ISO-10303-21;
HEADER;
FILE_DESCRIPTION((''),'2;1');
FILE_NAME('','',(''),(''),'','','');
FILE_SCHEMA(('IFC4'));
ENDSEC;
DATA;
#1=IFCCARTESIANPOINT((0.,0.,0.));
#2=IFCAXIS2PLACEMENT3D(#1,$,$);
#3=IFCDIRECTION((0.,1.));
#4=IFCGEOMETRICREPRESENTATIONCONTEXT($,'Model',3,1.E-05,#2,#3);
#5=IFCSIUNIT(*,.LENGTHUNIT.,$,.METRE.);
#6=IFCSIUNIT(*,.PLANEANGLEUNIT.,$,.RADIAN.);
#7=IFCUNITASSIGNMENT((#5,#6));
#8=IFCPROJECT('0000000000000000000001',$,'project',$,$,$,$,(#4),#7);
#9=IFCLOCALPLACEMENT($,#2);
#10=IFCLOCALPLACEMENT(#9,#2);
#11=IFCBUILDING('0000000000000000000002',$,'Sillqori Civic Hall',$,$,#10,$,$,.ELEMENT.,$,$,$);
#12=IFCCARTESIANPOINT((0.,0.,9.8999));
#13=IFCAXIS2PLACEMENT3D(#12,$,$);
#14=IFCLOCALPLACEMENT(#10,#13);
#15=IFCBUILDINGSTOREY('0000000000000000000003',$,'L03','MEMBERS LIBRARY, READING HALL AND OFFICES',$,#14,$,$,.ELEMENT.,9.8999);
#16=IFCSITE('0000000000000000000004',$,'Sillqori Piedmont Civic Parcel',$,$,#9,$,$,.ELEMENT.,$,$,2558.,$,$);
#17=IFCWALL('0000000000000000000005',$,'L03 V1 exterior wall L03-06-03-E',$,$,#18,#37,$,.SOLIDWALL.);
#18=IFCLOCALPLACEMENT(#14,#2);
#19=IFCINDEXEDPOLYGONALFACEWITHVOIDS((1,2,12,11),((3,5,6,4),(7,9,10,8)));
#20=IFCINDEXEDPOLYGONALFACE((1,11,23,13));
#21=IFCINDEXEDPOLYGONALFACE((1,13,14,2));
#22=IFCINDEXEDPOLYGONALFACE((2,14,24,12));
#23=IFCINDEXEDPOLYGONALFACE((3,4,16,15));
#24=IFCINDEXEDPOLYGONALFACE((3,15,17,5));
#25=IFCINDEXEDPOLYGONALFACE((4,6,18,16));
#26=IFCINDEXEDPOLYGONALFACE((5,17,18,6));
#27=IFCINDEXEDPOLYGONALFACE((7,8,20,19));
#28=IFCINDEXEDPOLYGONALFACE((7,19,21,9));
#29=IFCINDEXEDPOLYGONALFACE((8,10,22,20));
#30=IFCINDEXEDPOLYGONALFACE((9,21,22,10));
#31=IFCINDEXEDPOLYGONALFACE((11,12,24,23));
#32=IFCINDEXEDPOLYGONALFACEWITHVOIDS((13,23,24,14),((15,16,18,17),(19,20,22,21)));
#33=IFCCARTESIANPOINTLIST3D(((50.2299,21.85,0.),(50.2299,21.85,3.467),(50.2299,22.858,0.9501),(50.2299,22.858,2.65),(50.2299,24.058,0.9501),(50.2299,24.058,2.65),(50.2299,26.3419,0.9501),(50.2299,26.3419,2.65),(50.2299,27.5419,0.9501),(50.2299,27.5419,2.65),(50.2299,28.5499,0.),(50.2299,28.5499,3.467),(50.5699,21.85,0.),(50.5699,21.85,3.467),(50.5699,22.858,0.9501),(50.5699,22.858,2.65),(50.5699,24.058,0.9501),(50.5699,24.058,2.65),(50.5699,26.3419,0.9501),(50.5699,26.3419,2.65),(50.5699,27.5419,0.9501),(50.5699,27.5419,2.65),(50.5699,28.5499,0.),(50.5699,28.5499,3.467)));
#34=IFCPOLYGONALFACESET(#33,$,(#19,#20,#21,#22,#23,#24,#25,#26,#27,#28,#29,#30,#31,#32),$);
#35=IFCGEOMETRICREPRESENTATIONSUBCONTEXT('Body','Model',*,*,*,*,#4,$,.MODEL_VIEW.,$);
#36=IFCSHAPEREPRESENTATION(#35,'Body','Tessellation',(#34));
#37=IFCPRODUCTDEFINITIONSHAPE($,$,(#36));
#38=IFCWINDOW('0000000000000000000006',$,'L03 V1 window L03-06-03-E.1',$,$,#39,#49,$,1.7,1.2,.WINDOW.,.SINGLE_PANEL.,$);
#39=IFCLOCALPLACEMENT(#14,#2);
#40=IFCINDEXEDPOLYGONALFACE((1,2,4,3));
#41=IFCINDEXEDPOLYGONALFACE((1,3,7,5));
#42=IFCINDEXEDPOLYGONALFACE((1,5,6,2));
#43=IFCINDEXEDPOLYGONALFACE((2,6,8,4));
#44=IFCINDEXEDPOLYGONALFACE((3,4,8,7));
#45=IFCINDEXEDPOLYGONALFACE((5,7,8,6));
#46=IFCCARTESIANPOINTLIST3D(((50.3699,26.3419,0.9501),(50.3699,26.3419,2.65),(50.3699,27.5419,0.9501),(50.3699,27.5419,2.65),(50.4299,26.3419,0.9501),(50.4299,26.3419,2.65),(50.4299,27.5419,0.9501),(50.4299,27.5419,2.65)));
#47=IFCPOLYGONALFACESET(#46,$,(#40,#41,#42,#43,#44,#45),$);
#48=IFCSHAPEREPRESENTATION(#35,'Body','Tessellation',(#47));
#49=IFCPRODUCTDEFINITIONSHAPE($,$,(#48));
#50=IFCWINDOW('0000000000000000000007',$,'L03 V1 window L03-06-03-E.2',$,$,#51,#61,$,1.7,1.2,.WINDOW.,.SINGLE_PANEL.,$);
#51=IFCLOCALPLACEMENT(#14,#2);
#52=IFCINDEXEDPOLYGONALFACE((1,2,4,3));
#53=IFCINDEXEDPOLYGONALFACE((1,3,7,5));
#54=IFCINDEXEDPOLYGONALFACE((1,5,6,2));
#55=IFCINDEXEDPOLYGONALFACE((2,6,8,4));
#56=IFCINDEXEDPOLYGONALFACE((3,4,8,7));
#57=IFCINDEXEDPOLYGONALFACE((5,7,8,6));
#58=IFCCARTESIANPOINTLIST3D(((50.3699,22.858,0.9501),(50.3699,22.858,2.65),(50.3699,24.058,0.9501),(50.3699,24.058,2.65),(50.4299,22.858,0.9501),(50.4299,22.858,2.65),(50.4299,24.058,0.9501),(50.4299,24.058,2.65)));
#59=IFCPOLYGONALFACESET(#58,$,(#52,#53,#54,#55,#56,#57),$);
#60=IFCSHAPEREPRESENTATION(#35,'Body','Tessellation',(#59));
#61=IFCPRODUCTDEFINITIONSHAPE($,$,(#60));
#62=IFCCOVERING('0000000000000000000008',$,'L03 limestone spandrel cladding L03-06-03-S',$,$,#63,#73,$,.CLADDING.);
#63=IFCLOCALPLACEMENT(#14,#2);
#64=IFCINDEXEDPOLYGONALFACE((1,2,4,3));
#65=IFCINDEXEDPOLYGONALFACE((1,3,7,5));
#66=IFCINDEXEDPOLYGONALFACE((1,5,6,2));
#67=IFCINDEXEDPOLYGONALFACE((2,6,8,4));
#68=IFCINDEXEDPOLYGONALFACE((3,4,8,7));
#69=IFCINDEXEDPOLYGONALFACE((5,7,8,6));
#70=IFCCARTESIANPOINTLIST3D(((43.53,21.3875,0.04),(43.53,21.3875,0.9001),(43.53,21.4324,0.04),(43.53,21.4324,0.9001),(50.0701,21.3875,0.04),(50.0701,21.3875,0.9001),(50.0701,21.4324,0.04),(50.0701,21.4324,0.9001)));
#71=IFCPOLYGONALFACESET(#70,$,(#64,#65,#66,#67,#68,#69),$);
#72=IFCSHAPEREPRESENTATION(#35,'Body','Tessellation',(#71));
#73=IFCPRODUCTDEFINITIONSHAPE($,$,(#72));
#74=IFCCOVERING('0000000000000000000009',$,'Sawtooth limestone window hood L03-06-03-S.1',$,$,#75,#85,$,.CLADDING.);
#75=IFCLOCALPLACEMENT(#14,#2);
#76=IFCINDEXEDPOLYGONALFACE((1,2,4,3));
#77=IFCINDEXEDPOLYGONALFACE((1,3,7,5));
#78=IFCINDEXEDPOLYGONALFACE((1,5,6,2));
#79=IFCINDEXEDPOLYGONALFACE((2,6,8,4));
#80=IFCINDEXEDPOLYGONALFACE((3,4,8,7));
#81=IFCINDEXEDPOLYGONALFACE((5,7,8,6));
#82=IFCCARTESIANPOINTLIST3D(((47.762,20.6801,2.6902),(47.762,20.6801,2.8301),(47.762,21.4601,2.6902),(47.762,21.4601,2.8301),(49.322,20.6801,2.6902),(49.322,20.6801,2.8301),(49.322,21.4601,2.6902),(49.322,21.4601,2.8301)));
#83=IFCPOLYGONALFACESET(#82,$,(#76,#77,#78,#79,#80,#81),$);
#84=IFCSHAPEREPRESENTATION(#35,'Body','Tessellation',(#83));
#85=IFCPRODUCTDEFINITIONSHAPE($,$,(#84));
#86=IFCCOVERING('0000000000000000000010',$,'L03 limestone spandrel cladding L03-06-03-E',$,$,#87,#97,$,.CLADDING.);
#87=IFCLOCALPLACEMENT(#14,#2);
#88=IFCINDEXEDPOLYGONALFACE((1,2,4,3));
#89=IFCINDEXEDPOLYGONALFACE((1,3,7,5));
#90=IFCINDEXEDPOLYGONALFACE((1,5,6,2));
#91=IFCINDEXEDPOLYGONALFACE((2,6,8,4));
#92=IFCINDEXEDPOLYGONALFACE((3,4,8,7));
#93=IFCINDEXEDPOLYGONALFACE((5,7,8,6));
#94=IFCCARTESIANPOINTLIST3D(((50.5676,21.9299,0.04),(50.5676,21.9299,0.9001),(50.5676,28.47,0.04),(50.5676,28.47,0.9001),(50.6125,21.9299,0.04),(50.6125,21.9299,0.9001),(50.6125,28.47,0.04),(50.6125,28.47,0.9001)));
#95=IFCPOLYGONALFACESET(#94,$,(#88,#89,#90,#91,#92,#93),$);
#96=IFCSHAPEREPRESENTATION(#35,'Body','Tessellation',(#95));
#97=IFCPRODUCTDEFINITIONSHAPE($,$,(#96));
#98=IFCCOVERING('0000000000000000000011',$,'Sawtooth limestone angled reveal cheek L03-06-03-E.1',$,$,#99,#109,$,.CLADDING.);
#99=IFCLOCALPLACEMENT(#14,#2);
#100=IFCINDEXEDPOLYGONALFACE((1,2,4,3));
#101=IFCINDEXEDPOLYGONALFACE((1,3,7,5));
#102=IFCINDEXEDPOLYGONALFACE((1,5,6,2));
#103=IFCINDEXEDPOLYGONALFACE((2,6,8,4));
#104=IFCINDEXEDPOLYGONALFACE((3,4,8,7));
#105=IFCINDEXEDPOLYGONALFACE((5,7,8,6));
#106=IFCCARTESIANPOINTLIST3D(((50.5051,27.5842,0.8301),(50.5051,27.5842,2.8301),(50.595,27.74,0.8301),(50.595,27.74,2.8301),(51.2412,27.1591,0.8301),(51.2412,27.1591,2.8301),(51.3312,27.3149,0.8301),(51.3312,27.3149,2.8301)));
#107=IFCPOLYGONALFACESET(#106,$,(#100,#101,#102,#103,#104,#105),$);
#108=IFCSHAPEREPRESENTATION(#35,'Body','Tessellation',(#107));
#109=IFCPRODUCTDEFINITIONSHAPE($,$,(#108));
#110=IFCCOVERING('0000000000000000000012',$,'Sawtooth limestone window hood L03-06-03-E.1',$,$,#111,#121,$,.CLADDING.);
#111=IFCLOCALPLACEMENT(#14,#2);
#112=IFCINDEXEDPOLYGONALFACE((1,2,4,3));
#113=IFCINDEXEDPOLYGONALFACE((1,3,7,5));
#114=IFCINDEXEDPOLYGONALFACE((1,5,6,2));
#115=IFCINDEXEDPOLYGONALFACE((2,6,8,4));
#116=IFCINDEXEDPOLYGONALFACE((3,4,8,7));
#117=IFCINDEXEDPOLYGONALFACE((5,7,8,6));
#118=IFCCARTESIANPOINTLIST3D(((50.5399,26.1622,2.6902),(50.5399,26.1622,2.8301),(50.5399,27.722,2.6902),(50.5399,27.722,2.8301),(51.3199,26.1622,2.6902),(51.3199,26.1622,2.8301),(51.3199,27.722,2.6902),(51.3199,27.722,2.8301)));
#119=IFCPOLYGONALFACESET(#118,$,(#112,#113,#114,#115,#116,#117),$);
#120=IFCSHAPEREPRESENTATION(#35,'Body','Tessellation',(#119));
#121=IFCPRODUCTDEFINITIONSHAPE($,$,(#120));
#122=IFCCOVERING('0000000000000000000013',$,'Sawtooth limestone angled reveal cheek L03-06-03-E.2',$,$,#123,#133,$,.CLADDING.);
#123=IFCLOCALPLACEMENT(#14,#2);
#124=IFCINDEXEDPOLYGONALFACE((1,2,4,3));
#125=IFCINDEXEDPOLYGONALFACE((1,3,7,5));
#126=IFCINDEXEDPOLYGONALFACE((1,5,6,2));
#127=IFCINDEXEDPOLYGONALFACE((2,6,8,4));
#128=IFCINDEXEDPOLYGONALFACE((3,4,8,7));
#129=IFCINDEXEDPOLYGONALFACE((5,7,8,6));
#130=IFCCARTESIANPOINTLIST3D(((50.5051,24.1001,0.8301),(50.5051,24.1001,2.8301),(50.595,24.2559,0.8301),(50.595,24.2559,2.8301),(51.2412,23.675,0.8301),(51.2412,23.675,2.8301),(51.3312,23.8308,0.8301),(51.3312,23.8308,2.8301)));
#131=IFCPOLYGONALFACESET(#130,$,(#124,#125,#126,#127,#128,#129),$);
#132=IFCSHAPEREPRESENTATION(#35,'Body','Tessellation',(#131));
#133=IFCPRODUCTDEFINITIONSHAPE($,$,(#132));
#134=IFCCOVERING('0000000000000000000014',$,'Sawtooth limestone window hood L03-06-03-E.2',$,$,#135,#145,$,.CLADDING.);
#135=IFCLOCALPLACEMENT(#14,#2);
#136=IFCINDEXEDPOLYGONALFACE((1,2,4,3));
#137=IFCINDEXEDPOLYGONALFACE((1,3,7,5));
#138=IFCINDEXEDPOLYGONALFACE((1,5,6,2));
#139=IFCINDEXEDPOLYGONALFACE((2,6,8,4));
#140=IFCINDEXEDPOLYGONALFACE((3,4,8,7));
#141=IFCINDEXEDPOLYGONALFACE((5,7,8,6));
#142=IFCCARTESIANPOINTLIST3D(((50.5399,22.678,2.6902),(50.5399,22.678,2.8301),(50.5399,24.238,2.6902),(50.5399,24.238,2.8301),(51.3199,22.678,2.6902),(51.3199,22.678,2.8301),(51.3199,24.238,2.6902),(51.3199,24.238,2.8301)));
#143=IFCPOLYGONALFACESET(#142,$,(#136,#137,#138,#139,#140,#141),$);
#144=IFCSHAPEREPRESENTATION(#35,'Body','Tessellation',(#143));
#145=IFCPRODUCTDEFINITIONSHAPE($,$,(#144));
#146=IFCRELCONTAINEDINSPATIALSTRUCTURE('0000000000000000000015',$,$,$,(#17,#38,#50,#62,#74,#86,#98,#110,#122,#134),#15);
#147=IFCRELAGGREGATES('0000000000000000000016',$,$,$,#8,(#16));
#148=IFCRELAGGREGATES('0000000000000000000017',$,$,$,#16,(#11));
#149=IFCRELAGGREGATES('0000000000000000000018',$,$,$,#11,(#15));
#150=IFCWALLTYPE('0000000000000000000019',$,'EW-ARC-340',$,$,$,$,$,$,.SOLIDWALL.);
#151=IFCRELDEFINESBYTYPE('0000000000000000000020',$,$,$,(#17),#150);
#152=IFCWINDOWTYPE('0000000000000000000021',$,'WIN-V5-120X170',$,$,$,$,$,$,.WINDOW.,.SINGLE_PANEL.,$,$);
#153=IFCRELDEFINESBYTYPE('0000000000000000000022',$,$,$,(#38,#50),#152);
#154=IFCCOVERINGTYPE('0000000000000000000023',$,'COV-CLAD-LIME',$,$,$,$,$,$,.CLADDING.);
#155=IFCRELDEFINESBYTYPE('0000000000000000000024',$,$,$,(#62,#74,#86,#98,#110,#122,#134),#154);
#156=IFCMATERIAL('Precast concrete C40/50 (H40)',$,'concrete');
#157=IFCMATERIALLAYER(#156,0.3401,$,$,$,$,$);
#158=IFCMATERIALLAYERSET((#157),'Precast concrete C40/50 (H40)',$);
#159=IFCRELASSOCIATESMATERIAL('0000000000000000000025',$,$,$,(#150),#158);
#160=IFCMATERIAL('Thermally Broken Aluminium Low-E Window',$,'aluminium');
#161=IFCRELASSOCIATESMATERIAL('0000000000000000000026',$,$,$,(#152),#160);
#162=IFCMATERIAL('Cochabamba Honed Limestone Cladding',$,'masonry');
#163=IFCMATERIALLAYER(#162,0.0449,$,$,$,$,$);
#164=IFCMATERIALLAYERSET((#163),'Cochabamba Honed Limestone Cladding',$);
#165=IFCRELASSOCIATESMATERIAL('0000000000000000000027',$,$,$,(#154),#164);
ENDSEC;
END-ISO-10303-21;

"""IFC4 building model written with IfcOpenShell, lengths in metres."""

from ifc_helpers import new_model, si_unit, direction, frame, frame_2d, origin, place, context, subcontext, project, spatial, rectangle, extrude, material, layer, layer_set, type_object, element, fill, save


model = new_model("IFC4")

# Units and contexts
model_context = context("Model", 3, precision=1e-05, world=origin(), true_north=direction((0.0, 1.0)))
body_context = subcontext(model_context, "Body", "Model", "MODEL_VIEW")
ifc_project = project(units=[si_unit("LENGTHUNIT", "METRE"), si_unit("PLANEANGLEUNIT", "RADIAN")], contexts=[model_context])

# Site, building, storey
site_placement = place(None, origin())
site = spatial("IfcSite", under=ifc_project, at=site_placement, Name="Sillqori Piedmont Civic Parcel", CompositionType="ELEMENT", RefElevation=2558.0)
building_placement = place(site_placement, origin())
building = spatial("IfcBuilding", under=site, at=building_placement, Name="Sillqori Civic Hall", CompositionType="ELEMENT")
storey_placement = place(building_placement, frame((0.0, 0.0, 9.8999)))
storey = spatial("IfcBuildingStorey", under=building, at=storey_placement, Name="L03", Description="MEMBERS LIBRARY, READING HALL AND OFFICES", CompositionType="ELEMENT", Elevation=9.8999)

# Shared definitions
ifc_material_1 = material(Name="Precast concrete C40/50 (H40)", Category="concrete")

# Wall, openings, windows
ifc_layer_1 = layer(ifc_material_1, 0.3401)
ifc_layer_set_1 = layer_set([ifc_layer_1], Name="Precast concrete C40/50 (H40)")
wall_type = type_object("IfcWallType", Name="EW-ARC-340", PredefinedType="SOLIDWALL", material=ifc_layer_set_1)
ifc_material_2 = material(Name="Thermally Broken Aluminium Low-E Window", Category="aluminium")
window_type = type_object("IfcWindowType", Name="WIN-V5-120X170", PartitioningType="SINGLE_PANEL", PredefinedType="WINDOW", material=ifc_material_2)
wall_1_placement = place(storey_placement, frame((50.3999, 28.55, 0.0), z_axis=(0.0, 0.0, 1.0), x_axis=(0.0, -1.0, 0.0)))
wall_1 = element("IfcWall", 1, at=wall_1_placement, inside=storey, type_object=wall_type, Name="L03 V1 exterior wall L03-06-03-E", PredefinedType="SOLIDWALL", context=body_context, shape_type="SweptSolid", body=[
    extrude(rectangle(XDim=6.7, YDim=0.3401, at=frame_2d((3.3501, 0.0))), origin(), (0.0, 0.0, 1.0), 3.467),
])
opening_1_placement = place(wall_1_placement, frame((1.0081, 0.0, 0.95)))
opening_1 = element("IfcOpeningElement", 2, at=opening_1_placement, cuts=wall_1, PredefinedType="OPENING", context=body_context, shape_type="SweptSolid", body=[
    extrude(rectangle(XDim=1.2, YDim=1.7, at=frame_2d((0.6001, 0.8501))), frame((0.0, 0.1799, 0.0), z_axis=(0.0, -1.0, 0.0), x_axis=(1.0, 0.0, 0.0)), (0.0, 0.0, 1.0), 0.3601),
])
opening_2_placement = place(wall_1_placement, frame((4.4919, 0.0, 0.95)))
opening_2 = element("IfcOpeningElement", 3, at=opening_2_placement, cuts=wall_1, PredefinedType="OPENING", context=body_context, shape_type="SweptSolid", body=[
    extrude(rectangle(XDim=1.2, YDim=1.7, at=frame_2d((0.6001, 0.8501))), frame((0.0, 0.1799, 0.0), z_axis=(0.0, -1.0, 0.0), x_axis=(1.0, 0.0, 0.0)), (0.0, 0.0, 1.0), 0.3601),
])
window_1_placement = place(opening_1_placement, origin())
window_1 = element("IfcWindow", 4, at=window_1_placement, inside=storey, type_object=window_type, Name="L03 V1 window L03-06-03-E.1", OverallHeight=1.7, OverallWidth=1.2, PartitioningType="SINGLE_PANEL", PredefinedType="WINDOW", context=body_context, shape_type="SweptSolid", body=[
    extrude(rectangle(XDim=1.2, YDim=1.7, at=frame_2d((0.6001, 0.8501))), frame((0.0, 0.03, 0.0), z_axis=(0.0, -1.0, 0.0), x_axis=(1.0, 0.0, 0.0)), (0.0, 0.0, 1.0), 0.0601),
])
fill(opening_1, window_1)
window_2_placement = place(opening_2_placement, origin())
window_2 = element("IfcWindow", 5, at=window_2_placement, inside=storey, type_object=window_type, Name="L03 V1 window L03-06-03-E.2", OverallHeight=1.7, OverallWidth=1.2, PartitioningType="SINGLE_PANEL", PredefinedType="WINDOW", context=body_context, shape_type="SweptSolid", body=[
    extrude(rectangle(XDim=1.2, YDim=1.7, at=frame_2d((0.6001, 0.8501))), frame((0.0, 0.03, 0.0), z_axis=(0.0, -1.0, 0.0), x_axis=(1.0, 0.0, 0.0)), (0.0, 0.0, 1.0), 0.0601),
])
fill(opening_2, window_2)

# Coverings
ifc_material_3 = material(Name="Cochabamba Honed Limestone Cladding", Category="masonry")
ifc_layer_2 = layer(ifc_material_3, 0.0449)
ifc_layer_set_2 = layer_set([ifc_layer_2], Name="Cochabamba Honed Limestone Cladding")
covering_type = type_object("IfcCoveringType", Name="COV-CLAD-LIME", PredefinedType="CLADDING", material=ifc_layer_set_2)
covering_1_placement = place(storey_placement, frame((50.0701, 21.4099, 0.04), z_axis=(0.0, 0.0, 1.0), x_axis=(-1.0, 0.0, 0.0)))
element("IfcCovering", 6, at=covering_1_placement, inside=storey, type_object=covering_type, Name="L03 limestone spandrel cladding L03-06-03-S", PredefinedType="CLADDING", context=body_context, shape_type="SweptSolid", body=[
    extrude(rectangle(XDim=6.54, YDim=0.0449, at=frame_2d((3.27, 0.0))), origin(), (0.0, 0.0, 1.0), 0.8601),
])
covering_2_placement = place(storey_placement, frame((49.322, 21.0701, 2.6902), z_axis=(0.0, 0.0, 1.0), x_axis=(-1.0, 0.0, 0.0)))
element("IfcCovering", 7, at=covering_2_placement, inside=storey, type_object=covering_type, Name="Sawtooth limestone window hood L03-06-03-S.1", PredefinedType="CLADDING", context=body_context, shape_type="SweptSolid", body=[
    extrude(rectangle(XDim=1.5601, YDim=0.78, at=frame_2d((0.78, 0.0))), origin(), (0.0, 0.0, 1.0), 0.1399),
])
covering_3_placement = place(storey_placement, frame((50.5901, 28.47, 0.04), z_axis=(0.0, 0.0, 1.0), x_axis=(0.0, -1.0, 0.0)))
element("IfcCovering", 8, at=covering_3_placement, inside=storey, type_object=covering_type, Name="L03 limestone spandrel cladding L03-06-03-E", PredefinedType="CLADDING", context=body_context, shape_type="SweptSolid", body=[
    extrude(rectangle(XDim=6.54, YDim=0.0449, at=frame_2d((3.27, 0.0))), origin(), (0.0, 0.0, 1.0), 0.8601),
])
covering_4_placement = place(storey_placement, frame((50.55, 27.6621, 0.8301), z_axis=(0.0, 0.0, 1.0), x_axis=(0.865989, -0.500062, 0.0)))
element("IfcCovering", 9, at=covering_4_placement, inside=storey, type_object=covering_type, Name="Sawtooth limestone angled reveal cheek L03-06-03-E.1", PredefinedType="CLADDING", context=body_context, shape_type="SweptSolid", body=[
    extrude(rectangle(XDim=0.8501, YDim=0.1799, at=frame_2d((0.425, 0.0))), origin(), (0.0, 0.0, 1.0), 2.0),
])
covering_5_placement = place(storey_placement, frame((50.9299, 27.7219, 2.6902), z_axis=(0.0, 0.0, 1.0), x_axis=(0.0, -1.0, 0.0)))
element("IfcCovering", 10, at=covering_5_placement, inside=storey, type_object=covering_type, Name="Sawtooth limestone window hood L03-06-03-E.1", PredefinedType="CLADDING", context=body_context, shape_type="SweptSolid", body=[
    extrude(rectangle(XDim=1.5598, YDim=0.78, at=frame_2d((0.7798, 0.0))), origin(), (0.0, 0.0, 1.0), 0.1399),
])
covering_6_placement = place(storey_placement, frame((50.55, 24.178, 0.8301), z_axis=(0.0, 0.0, 1.0), x_axis=(0.865989, -0.500062, 0.0)))
element("IfcCovering", 11, at=covering_6_placement, inside=storey, type_object=covering_type, Name="Sawtooth limestone angled reveal cheek L03-06-03-E.2", PredefinedType="CLADDING", context=body_context, shape_type="SweptSolid", body=[
    extrude(rectangle(XDim=0.8501, YDim=0.1799, at=frame_2d((0.425, 0.0))), origin(), (0.0, 0.0, 1.0), 2.0),
])
covering_7_placement = place(storey_placement, frame((50.9299, 24.238, 2.6902), z_axis=(0.0, 0.0, 1.0), x_axis=(0.0, -1.0, 0.0)))
element("IfcCovering", 12, at=covering_7_placement, inside=storey, type_object=covering_type, Name="Sawtooth limestone window hood L03-06-03-E.2", PredefinedType="CLADDING", context=body_context, shape_type="SweptSolid", body=[
    extrude(rectangle(XDim=1.5601, YDim=0.78, at=frame_2d((0.78, 0.0))), origin(), (0.0, 0.0, 1.0), 0.1399),
])

save(model, "model.ifc")
